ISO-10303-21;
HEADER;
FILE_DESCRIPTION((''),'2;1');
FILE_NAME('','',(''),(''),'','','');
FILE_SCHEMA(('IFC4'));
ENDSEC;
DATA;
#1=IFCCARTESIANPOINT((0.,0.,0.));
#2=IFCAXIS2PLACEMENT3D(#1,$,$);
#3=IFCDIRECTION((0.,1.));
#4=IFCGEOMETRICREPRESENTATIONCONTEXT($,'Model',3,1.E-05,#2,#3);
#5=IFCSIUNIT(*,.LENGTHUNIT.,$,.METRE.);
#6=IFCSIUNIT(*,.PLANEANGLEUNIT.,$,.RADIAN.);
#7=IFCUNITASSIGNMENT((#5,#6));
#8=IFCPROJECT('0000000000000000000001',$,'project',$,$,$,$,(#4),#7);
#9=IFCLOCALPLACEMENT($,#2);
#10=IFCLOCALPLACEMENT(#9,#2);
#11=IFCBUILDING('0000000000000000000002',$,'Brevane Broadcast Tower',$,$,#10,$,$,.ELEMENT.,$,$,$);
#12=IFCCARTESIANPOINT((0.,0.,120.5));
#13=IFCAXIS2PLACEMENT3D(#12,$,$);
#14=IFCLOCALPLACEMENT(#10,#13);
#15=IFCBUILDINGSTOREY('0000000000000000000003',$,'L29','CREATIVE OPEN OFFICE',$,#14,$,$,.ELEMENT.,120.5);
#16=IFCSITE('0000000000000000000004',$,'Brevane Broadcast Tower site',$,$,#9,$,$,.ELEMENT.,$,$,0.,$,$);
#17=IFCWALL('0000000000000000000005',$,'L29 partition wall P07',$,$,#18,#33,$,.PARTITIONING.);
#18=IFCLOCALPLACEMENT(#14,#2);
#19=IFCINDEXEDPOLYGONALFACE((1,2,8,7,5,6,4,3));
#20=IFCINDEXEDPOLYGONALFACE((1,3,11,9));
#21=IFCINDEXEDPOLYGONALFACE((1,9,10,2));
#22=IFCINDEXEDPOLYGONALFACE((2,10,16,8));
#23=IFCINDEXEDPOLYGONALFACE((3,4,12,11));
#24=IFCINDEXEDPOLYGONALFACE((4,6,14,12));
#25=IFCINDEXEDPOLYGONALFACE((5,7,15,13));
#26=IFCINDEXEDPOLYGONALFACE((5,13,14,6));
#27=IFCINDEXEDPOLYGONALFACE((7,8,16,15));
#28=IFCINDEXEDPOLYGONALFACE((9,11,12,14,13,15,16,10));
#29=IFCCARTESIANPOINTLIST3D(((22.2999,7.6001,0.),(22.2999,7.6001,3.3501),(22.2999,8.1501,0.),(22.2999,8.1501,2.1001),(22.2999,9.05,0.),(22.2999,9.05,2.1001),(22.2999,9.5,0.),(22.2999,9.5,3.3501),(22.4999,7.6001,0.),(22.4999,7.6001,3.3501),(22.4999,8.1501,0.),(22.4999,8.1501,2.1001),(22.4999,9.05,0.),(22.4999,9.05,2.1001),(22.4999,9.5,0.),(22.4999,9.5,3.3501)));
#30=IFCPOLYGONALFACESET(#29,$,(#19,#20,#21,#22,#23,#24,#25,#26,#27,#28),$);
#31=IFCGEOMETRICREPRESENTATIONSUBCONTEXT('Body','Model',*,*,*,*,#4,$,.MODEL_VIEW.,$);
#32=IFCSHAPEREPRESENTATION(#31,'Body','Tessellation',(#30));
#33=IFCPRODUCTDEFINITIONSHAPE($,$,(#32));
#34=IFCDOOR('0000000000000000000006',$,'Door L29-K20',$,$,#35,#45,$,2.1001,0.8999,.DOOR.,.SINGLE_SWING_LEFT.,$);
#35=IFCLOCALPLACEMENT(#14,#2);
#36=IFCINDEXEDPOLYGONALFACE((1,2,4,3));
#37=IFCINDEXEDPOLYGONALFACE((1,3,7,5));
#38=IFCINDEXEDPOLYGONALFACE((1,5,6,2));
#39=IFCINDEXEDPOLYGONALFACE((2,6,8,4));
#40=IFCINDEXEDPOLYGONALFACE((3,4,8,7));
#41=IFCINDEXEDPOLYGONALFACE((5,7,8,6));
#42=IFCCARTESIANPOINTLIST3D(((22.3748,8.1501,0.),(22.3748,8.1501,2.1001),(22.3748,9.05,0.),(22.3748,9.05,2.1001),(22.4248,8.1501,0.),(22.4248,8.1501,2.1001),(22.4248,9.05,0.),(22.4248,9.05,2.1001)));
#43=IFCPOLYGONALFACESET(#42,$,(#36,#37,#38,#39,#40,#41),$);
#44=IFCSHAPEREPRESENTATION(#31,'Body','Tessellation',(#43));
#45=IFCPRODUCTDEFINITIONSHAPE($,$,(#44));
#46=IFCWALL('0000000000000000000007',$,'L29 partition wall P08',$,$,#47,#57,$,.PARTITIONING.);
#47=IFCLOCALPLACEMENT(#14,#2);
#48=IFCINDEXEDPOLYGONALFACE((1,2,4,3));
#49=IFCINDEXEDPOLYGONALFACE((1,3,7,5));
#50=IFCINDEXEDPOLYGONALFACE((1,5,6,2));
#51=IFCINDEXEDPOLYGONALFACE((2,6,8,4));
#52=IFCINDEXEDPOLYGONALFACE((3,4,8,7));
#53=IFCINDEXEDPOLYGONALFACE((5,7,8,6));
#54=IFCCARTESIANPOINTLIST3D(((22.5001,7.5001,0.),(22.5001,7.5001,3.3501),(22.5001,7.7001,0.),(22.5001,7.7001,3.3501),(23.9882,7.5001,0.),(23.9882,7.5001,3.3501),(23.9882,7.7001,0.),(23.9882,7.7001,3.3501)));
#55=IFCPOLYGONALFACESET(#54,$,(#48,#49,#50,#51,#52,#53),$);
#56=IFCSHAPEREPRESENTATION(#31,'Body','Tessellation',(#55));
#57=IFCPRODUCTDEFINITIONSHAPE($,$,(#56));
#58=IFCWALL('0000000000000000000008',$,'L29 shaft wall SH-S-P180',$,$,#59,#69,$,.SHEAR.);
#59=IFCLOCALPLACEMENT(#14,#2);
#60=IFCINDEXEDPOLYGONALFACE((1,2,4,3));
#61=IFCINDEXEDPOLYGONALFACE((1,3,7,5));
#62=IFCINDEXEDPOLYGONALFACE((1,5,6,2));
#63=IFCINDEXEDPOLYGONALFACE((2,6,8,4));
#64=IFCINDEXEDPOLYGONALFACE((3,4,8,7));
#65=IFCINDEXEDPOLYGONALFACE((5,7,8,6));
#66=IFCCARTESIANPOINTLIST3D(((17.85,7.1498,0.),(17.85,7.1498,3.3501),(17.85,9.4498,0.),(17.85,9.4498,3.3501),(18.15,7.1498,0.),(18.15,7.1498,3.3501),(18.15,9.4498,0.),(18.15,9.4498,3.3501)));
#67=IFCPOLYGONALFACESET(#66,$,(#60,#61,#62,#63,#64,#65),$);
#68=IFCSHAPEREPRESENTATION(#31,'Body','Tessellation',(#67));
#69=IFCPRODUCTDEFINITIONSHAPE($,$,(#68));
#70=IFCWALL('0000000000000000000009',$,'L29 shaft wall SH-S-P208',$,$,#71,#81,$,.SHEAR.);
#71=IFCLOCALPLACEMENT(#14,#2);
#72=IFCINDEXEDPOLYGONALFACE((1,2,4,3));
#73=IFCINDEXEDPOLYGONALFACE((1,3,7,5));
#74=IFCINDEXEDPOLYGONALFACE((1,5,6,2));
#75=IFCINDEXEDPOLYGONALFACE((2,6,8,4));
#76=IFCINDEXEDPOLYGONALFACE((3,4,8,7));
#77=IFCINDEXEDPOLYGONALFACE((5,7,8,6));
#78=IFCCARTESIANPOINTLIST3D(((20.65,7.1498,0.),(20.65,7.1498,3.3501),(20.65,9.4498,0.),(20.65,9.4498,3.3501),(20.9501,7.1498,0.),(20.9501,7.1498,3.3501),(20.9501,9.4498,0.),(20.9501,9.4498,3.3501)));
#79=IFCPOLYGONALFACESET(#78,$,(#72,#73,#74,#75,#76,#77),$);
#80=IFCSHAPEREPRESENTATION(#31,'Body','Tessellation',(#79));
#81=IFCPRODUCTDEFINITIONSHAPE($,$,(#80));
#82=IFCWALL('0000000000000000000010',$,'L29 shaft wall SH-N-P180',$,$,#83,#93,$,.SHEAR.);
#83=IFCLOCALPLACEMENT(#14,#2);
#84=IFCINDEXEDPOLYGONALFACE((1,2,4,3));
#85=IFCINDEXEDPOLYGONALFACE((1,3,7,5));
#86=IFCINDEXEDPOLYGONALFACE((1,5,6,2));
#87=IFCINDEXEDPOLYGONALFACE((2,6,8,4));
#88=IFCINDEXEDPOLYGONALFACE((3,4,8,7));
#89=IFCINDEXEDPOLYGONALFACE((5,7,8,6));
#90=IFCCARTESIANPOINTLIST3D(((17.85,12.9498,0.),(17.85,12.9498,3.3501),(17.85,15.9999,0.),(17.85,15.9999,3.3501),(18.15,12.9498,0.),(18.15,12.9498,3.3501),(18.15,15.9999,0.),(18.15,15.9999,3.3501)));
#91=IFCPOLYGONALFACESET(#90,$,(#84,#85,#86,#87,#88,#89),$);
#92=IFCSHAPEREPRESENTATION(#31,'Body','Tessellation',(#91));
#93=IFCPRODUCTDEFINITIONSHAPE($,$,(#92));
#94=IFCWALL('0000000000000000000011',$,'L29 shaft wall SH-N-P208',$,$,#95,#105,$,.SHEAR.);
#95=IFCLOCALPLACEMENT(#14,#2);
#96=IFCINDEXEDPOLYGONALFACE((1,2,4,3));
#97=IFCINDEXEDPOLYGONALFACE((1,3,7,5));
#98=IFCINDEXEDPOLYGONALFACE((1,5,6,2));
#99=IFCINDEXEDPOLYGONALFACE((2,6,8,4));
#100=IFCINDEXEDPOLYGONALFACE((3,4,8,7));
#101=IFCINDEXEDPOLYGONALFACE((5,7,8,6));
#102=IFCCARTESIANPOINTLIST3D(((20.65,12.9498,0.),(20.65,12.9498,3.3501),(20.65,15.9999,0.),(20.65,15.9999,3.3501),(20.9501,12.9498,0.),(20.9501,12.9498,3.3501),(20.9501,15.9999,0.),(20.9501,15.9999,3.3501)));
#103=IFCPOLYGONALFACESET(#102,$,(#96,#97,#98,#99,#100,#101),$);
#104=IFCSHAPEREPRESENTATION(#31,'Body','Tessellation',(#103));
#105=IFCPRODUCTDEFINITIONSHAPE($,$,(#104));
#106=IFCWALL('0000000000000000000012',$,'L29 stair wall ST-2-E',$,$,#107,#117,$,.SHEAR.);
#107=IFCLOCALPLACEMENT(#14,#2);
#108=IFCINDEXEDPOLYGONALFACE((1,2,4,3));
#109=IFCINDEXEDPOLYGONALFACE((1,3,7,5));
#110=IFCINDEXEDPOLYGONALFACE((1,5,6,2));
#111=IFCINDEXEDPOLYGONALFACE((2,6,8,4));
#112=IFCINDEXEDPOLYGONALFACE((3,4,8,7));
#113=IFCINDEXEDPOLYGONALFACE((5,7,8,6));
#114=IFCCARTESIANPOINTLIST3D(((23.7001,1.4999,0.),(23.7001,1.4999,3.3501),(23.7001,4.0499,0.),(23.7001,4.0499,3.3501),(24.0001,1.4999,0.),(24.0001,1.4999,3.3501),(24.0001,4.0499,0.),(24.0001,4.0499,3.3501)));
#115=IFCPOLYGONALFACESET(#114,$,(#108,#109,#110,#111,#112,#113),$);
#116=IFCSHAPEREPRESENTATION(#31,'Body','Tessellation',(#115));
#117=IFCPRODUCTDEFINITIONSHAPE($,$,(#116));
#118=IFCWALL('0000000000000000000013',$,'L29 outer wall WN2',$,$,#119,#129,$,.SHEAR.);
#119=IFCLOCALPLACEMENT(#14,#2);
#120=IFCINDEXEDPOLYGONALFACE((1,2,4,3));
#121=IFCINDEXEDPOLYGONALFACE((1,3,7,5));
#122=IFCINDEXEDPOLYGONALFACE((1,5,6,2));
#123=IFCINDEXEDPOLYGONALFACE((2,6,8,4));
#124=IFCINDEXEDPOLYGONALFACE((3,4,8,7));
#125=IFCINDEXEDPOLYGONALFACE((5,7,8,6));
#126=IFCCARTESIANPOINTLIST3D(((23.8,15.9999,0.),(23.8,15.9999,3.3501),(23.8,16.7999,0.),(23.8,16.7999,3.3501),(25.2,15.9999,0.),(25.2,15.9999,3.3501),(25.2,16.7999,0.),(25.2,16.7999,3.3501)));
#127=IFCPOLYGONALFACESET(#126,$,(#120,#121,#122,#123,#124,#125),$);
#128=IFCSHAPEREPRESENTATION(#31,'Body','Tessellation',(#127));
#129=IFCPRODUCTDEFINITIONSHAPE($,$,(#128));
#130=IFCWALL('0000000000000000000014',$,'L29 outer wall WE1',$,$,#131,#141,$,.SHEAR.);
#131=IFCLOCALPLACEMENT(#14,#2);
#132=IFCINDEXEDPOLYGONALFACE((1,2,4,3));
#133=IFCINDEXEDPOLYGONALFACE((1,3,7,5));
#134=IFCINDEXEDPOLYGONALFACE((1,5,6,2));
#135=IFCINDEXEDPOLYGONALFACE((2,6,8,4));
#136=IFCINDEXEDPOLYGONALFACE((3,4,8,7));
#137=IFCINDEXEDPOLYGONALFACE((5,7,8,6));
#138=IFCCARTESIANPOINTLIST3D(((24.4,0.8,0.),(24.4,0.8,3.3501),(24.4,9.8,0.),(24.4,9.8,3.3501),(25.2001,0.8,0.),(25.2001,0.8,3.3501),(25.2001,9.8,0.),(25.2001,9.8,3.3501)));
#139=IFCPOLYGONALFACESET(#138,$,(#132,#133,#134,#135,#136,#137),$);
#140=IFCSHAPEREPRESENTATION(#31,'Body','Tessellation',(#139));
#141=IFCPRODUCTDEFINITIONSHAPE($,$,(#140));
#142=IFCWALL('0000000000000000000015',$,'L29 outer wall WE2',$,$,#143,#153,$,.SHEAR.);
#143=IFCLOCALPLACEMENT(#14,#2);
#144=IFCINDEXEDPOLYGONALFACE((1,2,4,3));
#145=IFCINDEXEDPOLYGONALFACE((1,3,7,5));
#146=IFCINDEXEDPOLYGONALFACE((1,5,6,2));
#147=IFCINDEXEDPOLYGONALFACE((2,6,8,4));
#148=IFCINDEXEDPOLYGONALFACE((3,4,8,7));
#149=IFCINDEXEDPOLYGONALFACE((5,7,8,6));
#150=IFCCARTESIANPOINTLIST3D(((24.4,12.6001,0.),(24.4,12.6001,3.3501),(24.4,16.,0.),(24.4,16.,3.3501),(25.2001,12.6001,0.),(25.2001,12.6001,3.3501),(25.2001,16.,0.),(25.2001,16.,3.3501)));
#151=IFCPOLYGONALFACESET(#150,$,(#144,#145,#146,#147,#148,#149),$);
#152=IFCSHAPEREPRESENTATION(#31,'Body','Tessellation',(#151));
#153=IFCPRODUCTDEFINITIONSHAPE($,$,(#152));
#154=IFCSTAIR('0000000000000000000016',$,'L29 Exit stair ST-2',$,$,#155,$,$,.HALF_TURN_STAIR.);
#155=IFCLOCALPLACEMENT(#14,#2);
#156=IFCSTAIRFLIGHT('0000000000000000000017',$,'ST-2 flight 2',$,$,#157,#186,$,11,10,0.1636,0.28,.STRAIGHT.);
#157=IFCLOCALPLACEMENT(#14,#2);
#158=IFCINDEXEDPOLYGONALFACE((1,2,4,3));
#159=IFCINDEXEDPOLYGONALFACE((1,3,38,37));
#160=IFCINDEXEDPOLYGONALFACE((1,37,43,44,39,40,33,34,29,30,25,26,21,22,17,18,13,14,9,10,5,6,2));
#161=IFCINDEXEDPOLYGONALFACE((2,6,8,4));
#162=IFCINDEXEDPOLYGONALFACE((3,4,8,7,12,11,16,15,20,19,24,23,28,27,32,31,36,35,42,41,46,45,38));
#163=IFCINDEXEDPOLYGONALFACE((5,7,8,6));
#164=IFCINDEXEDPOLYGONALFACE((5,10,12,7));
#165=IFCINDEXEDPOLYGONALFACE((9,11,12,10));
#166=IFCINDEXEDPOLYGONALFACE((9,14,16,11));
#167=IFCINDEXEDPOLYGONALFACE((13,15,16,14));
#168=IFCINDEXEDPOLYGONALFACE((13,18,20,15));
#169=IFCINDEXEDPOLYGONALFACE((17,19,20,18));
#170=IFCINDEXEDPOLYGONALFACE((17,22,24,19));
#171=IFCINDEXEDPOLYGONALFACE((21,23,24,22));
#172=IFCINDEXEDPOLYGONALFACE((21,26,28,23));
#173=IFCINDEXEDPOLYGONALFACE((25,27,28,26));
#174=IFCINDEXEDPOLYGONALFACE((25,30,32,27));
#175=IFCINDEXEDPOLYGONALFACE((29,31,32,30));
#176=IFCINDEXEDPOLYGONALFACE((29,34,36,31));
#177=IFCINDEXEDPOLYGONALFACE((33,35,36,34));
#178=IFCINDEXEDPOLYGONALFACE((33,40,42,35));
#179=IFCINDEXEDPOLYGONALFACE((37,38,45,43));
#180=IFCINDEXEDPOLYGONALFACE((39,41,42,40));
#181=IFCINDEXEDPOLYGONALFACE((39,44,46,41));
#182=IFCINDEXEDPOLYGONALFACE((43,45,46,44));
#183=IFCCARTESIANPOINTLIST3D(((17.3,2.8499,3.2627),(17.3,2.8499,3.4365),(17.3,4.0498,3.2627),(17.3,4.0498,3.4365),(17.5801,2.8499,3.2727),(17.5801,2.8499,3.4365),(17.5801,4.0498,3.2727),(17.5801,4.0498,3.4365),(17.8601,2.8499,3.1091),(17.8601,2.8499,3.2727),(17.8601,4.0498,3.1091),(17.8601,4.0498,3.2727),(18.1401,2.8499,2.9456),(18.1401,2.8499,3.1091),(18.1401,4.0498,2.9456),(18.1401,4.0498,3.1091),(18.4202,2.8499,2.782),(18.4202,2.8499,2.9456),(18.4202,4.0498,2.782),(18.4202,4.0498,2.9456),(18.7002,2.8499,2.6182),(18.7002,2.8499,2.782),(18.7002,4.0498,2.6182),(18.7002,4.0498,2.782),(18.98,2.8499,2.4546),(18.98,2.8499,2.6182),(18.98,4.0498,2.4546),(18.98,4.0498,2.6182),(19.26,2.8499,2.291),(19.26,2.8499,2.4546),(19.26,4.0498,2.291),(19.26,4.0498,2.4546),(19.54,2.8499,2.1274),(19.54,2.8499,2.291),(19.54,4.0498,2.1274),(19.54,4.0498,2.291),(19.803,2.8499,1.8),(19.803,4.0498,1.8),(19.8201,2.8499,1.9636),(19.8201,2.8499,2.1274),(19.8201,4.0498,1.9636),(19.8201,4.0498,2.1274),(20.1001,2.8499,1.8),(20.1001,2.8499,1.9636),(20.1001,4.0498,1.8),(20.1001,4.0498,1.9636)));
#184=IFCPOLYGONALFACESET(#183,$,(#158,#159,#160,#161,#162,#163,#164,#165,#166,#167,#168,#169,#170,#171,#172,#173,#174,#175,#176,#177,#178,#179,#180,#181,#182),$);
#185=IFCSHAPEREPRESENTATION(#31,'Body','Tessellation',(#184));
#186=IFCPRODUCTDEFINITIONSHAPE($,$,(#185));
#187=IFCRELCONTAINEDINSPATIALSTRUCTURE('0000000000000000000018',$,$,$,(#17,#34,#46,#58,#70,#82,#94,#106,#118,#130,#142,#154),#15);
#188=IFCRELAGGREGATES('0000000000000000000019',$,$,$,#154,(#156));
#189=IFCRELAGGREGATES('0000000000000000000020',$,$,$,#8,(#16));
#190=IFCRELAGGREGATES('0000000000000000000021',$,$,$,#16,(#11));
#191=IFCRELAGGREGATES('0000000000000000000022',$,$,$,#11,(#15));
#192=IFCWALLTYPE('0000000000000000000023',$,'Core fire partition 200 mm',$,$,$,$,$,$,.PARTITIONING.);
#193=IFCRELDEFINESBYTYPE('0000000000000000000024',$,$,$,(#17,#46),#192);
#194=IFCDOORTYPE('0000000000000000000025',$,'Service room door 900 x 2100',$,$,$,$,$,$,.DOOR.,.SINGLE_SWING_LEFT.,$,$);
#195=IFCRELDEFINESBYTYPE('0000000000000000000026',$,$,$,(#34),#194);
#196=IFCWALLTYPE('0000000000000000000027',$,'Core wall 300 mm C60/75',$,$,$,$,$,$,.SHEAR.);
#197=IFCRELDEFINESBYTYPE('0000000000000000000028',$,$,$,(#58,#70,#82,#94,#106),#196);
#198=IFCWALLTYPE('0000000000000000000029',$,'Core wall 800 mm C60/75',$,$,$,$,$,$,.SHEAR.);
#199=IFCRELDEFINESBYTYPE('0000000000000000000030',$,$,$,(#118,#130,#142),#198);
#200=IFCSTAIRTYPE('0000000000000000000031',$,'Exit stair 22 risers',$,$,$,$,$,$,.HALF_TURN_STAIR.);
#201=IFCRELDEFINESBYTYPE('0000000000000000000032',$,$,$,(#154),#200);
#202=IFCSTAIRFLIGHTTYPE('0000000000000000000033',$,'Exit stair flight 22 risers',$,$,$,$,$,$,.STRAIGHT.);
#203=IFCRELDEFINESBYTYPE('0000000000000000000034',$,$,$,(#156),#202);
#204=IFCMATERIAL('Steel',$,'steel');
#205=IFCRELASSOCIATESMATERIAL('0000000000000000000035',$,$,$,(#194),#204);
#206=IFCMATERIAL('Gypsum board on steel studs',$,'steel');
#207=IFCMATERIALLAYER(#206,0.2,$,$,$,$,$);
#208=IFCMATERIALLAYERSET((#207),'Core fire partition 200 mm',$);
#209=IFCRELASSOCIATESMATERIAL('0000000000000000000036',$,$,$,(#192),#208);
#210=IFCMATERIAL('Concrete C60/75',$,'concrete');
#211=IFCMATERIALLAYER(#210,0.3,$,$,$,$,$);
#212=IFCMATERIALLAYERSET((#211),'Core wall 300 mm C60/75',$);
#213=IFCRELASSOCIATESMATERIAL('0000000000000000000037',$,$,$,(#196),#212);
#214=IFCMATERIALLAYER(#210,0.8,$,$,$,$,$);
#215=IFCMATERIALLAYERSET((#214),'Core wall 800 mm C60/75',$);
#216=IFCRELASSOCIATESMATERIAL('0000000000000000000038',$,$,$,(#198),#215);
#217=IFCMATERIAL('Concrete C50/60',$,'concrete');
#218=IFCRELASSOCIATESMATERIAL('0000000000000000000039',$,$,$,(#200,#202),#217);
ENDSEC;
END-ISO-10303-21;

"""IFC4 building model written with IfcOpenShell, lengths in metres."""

from ifc_helpers import new_model, si_unit, direction, frame, frame_2d, origin, place, context, subcontext, project, spatial, polyline, rectangle, outline, extrude, material, layer, layer_set, type_object, element, fill, aggregate, save


model = new_model("IFC4")

# Units and contexts
model_context = context("Model", 3, precision=1e-05, world=origin(), true_north=direction((0.0, 1.0)))
body_context = subcontext(model_context, "Body", "Model", "MODEL_VIEW")
ifc_project = project(units=[si_unit("LENGTHUNIT", "METRE"), si_unit("PLANEANGLEUNIT", "RADIAN")], contexts=[model_context])

# Site, building, storey
site_placement = place(None, origin())
site = spatial("IfcSite", under=ifc_project, at=site_placement, Name="Brevane Broadcast Tower site", CompositionType="ELEMENT", RefElevation=0.0)
building_placement = place(site_placement, origin())
building = spatial("IfcBuilding", under=site, at=building_placement, Name="Brevane Broadcast Tower", CompositionType="ELEMENT")
storey_placement = place(building_placement, frame((0.0, 0.0, 120.5)))
storey = spatial("IfcBuildingStorey", under=building, at=storey_placement, Name="L29", Description="CREATIVE OPEN OFFICE", CompositionType="ELEMENT", Elevation=120.5)

# Shared definitions
ifc_material_1 = material(Name="Gypsum board on steel studs", Category="steel")
ifc_material_2 = material(Name="Steel", Category="steel")
door_type = type_object("IfcDoorType", Name="Service room door 900 x 2100", OperationType="SINGLE_SWING_LEFT", PredefinedType="DOOR", material=ifc_material_2)

# Shared definitions
ifc_layer_1 = layer(ifc_material_1, 0.2)
ifc_layer_set_1 = layer_set([ifc_layer_1], Name="Core fire partition 200 mm")
wall_type_1 = type_object("IfcWallType", Name="Core fire partition 200 mm", PredefinedType="PARTITIONING", material=ifc_layer_set_1)

# Wall, opening, door
wall_1_placement = place(storey_placement, frame((22.3999, 9.5, 0.0), z_axis=(0.0, 0.0, 1.0), x_axis=(0.0, -1.0, 0.0)))
wall_1 = element("IfcWall", 1, at=wall_1_placement, inside=storey, type_object=wall_type_1, Name="L29 partition wall P07", PredefinedType="PARTITIONING", context=body_context, shape_type="SweptSolid", body=[
    extrude(rectangle(XDim=1.8999, YDim=0.2, at=frame_2d((0.95, 0.0))), origin(), (0.0, 0.0, 1.0), 3.3501),
])
opening_1_placement = place(wall_1_placement, frame((0.45, 0.0, 0.0)))
opening_1 = element("IfcOpeningElement", 2, at=opening_1_placement, cuts=wall_1, PredefinedType="OPENING", context=body_context, shape_type="SweptSolid", body=[
    extrude(rectangle(XDim=0.8999, YDim=2.1001, at=frame_2d((0.45, 1.05))), frame((0.0, 0.1099, 0.0), z_axis=(0.0, -1.0, 0.0), x_axis=(1.0, 0.0, 0.0)), (0.0, 0.0, 1.0), 0.22),
])
door_1_placement = place(opening_1_placement, origin())
door_1 = element("IfcDoor", 3, at=door_1_placement, inside=storey, type_object=door_type, Name="Door L29-K20", OperationType="SINGLE_SWING_LEFT", OverallHeight=2.1001, OverallWidth=0.8999, PredefinedType="DOOR", context=body_context, shape_type="SweptSolid", body=[
    extrude(rectangle(XDim=0.8999, YDim=2.1001, at=frame_2d((0.45, 1.05))), frame((0.0, 0.0249, 0.0), z_axis=(0.0, -1.0, 0.0), x_axis=(1.0, 0.0, 0.0)), (0.0, 0.0, 1.0), 0.05),
])
fill(opening_1, door_1)

# Walls
wall_2_placement = place(storey_placement, frame((22.5, 7.6001, 0.0), z_axis=(0.0, 0.0, 1.0), x_axis=(1.0, 0.0, 0.0)))
element("IfcWall", 4, at=wall_2_placement, inside=storey, type_object=wall_type_1, Name="L29 partition wall P08", PredefinedType="PARTITIONING", context=body_context, shape_type="SweptSolid", body=[
    extrude(rectangle(XDim=1.488, YDim=0.2, at=frame_2d((0.7441, 0.0))), origin(), (0.0, 0.0, 1.0), 3.3501),
])
ifc_material_3 = material(Name="Concrete C60/75", Category="concrete")
ifc_layer_2 = layer(ifc_material_3, 0.3)
ifc_layer_set_2 = layer_set([ifc_layer_2], Name="Core wall 300 mm C60/75")
wall_type_2 = type_object("IfcWallType", Name="Core wall 300 mm C60/75", PredefinedType="SHEAR", material=ifc_layer_set_2)
for number, where, z_axis, x_axis, name in (
    (5, (18.0, 7.1499, 0.0), (0.0, 0.0, 1.0), (0.0, 1.0, 0.0), "L29 shaft wall SH-S-P180"),
    (6, (20.8, 7.1499, 0.0), (0.0, 0.0, 1.0), (0.0, 1.0, 0.0), "L29 shaft wall SH-S-P208"),
):
    element("IfcWall", number, at=place(storey_placement, frame(where, z_axis=z_axis, x_axis=x_axis)), inside=storey, type_object=wall_type_2, Name=name, PredefinedType="SHEAR", context=body_context, shape_type="SweptSolid", body=[
        extrude(rectangle(XDim=2.3, YDim=0.3, at=frame_2d((1.1499, 0.0))), origin(), (0.0, 0.0, 1.0), 3.3501),
    ])
for number, where, z_axis, x_axis, name in (
    (7, (18.0, 12.95, 0.0), (0.0, 0.0, 1.0), (0.0, 1.0, 0.0), "L29 shaft wall SH-N-P180"),
    (8, (20.8, 12.95, 0.0), (0.0, 0.0, 1.0), (0.0, 1.0, 0.0), "L29 shaft wall SH-N-P208"),
):
    element("IfcWall", number, at=place(storey_placement, frame(where, z_axis=z_axis, x_axis=x_axis)), inside=storey, type_object=wall_type_2, Name=name, PredefinedType="SHEAR", context=body_context, shape_type="SweptSolid", body=[
        extrude(rectangle(XDim=3.05, YDim=0.3, at=frame_2d((1.5249, 0.0))), origin(), (0.0, 0.0, 1.0), 3.3501),
    ])
wall_3_placement = place(storey_placement, frame((23.8501, 1.5, 0.0), z_axis=(0.0, 0.0, 1.0), x_axis=(0.0, 1.0, 0.0)))
element("IfcWall", 9, at=wall_3_placement, inside=storey, type_object=wall_type_2, Name="L29 stair wall ST-2-E", PredefinedType="SHEAR", context=body_context, shape_type="SweptSolid", body=[
    extrude(rectangle(XDim=2.55, YDim=0.3, at=frame_2d((1.2749, 0.0))), origin(), (0.0, 0.0, 1.0), 3.3501),
])
ifc_layer_3 = layer(ifc_material_3, 0.8)
ifc_layer_set_3 = layer_set([ifc_layer_3], Name="Core wall 800 mm C60/75")
wall_type_3 = type_object("IfcWallType", Name="Core wall 800 mm C60/75", PredefinedType="SHEAR", material=ifc_layer_set_3)
wall_4_placement = place(storey_placement, frame((23.8, 16.3999, 0.0), z_axis=(0.0, 0.0, 1.0), x_axis=(1.0, 0.0, 0.0)))
element("IfcWall", 10, at=wall_4_placement, inside=storey, type_object=wall_type_3, Name="L29 outer wall WN2", PredefinedType="SHEAR", context=body_context, shape_type="SweptSolid", body=[
    extrude(rectangle(XDim=1.3999, YDim=0.8, at=frame_2d((0.7, 0.0))), origin(), (0.0, 0.0, 1.0), 3.3501),
])
wall_5_placement = place(storey_placement, frame((24.8, 0.8, 0.0), z_axis=(0.0, 0.0, 1.0), x_axis=(0.0, 1.0, 0.0)))
element("IfcWall", 11, at=wall_5_placement, inside=storey, type_object=wall_type_3, Name="L29 outer wall WE1", PredefinedType="SHEAR", context=body_context, shape_type="SweptSolid", body=[
    extrude(rectangle(XDim=9.0, YDim=0.8, at=frame_2d((4.5, 0.0))), origin(), (0.0, 0.0, 1.0), 3.3501),
])
wall_6_placement = place(storey_placement, frame((24.8, 12.6001, 0.0), z_axis=(0.0, 0.0, 1.0), x_axis=(0.0, 1.0, 0.0)))
element("IfcWall", 12, at=wall_6_placement, inside=storey, type_object=wall_type_3, Name="L29 outer wall WE2", PredefinedType="SHEAR", context=body_context, shape_type="SweptSolid", body=[
    extrude(rectangle(XDim=3.3999, YDim=0.8, at=frame_2d((1.7, 0.0))), origin(), (0.0, 0.0, 1.0), 3.3501),
])

# Stair, stair flight
ifc_material_4 = material(Name="Concrete C50/60", Category="concrete")
stair_type = type_object("IfcStairType", Name="Exit stair 22 risers", PredefinedType="HALF_TURN_STAIR", material=ifc_material_4)
stair_placement = place(storey_placement, origin())
stair = element("IfcStair", 13, at=stair_placement, inside=storey, type_object=stair_type, Name="L29 Exit stair ST-2", PredefinedType="HALF_TURN_STAIR")
stair_flight_type = type_object("IfcStairFlightType", Name="Exit stair flight 22 risers", PredefinedType="STRAIGHT", material=ifc_material_4)
stair_flight_placement = place(storey_placement, frame((20.1001, 3.45, 1.8), z_axis=(0.0, 0.0, 1.0), x_axis=(-1.0, 0.0, 0.0)))
stair_flight = element("IfcStairFlight", 14, at=stair_flight_placement, type_object=stair_flight_type, Name="ST-2 flight 2", NumberOfRisers=11, NumberOfTreads=10, PredefinedType="STRAIGHT", RiserHeight=0.1636, TreadLength=0.28, context=body_context, shape_type="SweptSolid", body=[
    extrude(outline(polyline([(0.0, 0.0), (0.0, 0.1636), (0.28, 0.1636), (0.28, 0.3274), (0.5601, 0.3274), (0.5601, 0.491), (0.8401, 0.491), (0.8401, 0.6545), (1.1201, 0.6545), (1.1201, 0.8181), (1.3999, 0.8181), (1.3999, 0.9819), (1.6799, 0.9819), (1.6799, 1.1455), (1.96, 1.1455), (1.96, 1.3091), (2.24, 1.3091), (2.24, 1.4727), (2.52, 1.4727), (2.52, 1.6365), (2.8, 1.6365), (2.8, 1.8), (2.8, 1.4626), (0.2971, 0.0), (0.0, 0.0)])), frame((0.0, 0.6001, 0.0), z_axis=(0.0, -1.0, 0.0), x_axis=(1.0, 0.0, 0.0)), (0.0, 0.0, 1.0), 1.2),
])
aggregate(stair, [stair_flight])

save(model, "model.ifc")
